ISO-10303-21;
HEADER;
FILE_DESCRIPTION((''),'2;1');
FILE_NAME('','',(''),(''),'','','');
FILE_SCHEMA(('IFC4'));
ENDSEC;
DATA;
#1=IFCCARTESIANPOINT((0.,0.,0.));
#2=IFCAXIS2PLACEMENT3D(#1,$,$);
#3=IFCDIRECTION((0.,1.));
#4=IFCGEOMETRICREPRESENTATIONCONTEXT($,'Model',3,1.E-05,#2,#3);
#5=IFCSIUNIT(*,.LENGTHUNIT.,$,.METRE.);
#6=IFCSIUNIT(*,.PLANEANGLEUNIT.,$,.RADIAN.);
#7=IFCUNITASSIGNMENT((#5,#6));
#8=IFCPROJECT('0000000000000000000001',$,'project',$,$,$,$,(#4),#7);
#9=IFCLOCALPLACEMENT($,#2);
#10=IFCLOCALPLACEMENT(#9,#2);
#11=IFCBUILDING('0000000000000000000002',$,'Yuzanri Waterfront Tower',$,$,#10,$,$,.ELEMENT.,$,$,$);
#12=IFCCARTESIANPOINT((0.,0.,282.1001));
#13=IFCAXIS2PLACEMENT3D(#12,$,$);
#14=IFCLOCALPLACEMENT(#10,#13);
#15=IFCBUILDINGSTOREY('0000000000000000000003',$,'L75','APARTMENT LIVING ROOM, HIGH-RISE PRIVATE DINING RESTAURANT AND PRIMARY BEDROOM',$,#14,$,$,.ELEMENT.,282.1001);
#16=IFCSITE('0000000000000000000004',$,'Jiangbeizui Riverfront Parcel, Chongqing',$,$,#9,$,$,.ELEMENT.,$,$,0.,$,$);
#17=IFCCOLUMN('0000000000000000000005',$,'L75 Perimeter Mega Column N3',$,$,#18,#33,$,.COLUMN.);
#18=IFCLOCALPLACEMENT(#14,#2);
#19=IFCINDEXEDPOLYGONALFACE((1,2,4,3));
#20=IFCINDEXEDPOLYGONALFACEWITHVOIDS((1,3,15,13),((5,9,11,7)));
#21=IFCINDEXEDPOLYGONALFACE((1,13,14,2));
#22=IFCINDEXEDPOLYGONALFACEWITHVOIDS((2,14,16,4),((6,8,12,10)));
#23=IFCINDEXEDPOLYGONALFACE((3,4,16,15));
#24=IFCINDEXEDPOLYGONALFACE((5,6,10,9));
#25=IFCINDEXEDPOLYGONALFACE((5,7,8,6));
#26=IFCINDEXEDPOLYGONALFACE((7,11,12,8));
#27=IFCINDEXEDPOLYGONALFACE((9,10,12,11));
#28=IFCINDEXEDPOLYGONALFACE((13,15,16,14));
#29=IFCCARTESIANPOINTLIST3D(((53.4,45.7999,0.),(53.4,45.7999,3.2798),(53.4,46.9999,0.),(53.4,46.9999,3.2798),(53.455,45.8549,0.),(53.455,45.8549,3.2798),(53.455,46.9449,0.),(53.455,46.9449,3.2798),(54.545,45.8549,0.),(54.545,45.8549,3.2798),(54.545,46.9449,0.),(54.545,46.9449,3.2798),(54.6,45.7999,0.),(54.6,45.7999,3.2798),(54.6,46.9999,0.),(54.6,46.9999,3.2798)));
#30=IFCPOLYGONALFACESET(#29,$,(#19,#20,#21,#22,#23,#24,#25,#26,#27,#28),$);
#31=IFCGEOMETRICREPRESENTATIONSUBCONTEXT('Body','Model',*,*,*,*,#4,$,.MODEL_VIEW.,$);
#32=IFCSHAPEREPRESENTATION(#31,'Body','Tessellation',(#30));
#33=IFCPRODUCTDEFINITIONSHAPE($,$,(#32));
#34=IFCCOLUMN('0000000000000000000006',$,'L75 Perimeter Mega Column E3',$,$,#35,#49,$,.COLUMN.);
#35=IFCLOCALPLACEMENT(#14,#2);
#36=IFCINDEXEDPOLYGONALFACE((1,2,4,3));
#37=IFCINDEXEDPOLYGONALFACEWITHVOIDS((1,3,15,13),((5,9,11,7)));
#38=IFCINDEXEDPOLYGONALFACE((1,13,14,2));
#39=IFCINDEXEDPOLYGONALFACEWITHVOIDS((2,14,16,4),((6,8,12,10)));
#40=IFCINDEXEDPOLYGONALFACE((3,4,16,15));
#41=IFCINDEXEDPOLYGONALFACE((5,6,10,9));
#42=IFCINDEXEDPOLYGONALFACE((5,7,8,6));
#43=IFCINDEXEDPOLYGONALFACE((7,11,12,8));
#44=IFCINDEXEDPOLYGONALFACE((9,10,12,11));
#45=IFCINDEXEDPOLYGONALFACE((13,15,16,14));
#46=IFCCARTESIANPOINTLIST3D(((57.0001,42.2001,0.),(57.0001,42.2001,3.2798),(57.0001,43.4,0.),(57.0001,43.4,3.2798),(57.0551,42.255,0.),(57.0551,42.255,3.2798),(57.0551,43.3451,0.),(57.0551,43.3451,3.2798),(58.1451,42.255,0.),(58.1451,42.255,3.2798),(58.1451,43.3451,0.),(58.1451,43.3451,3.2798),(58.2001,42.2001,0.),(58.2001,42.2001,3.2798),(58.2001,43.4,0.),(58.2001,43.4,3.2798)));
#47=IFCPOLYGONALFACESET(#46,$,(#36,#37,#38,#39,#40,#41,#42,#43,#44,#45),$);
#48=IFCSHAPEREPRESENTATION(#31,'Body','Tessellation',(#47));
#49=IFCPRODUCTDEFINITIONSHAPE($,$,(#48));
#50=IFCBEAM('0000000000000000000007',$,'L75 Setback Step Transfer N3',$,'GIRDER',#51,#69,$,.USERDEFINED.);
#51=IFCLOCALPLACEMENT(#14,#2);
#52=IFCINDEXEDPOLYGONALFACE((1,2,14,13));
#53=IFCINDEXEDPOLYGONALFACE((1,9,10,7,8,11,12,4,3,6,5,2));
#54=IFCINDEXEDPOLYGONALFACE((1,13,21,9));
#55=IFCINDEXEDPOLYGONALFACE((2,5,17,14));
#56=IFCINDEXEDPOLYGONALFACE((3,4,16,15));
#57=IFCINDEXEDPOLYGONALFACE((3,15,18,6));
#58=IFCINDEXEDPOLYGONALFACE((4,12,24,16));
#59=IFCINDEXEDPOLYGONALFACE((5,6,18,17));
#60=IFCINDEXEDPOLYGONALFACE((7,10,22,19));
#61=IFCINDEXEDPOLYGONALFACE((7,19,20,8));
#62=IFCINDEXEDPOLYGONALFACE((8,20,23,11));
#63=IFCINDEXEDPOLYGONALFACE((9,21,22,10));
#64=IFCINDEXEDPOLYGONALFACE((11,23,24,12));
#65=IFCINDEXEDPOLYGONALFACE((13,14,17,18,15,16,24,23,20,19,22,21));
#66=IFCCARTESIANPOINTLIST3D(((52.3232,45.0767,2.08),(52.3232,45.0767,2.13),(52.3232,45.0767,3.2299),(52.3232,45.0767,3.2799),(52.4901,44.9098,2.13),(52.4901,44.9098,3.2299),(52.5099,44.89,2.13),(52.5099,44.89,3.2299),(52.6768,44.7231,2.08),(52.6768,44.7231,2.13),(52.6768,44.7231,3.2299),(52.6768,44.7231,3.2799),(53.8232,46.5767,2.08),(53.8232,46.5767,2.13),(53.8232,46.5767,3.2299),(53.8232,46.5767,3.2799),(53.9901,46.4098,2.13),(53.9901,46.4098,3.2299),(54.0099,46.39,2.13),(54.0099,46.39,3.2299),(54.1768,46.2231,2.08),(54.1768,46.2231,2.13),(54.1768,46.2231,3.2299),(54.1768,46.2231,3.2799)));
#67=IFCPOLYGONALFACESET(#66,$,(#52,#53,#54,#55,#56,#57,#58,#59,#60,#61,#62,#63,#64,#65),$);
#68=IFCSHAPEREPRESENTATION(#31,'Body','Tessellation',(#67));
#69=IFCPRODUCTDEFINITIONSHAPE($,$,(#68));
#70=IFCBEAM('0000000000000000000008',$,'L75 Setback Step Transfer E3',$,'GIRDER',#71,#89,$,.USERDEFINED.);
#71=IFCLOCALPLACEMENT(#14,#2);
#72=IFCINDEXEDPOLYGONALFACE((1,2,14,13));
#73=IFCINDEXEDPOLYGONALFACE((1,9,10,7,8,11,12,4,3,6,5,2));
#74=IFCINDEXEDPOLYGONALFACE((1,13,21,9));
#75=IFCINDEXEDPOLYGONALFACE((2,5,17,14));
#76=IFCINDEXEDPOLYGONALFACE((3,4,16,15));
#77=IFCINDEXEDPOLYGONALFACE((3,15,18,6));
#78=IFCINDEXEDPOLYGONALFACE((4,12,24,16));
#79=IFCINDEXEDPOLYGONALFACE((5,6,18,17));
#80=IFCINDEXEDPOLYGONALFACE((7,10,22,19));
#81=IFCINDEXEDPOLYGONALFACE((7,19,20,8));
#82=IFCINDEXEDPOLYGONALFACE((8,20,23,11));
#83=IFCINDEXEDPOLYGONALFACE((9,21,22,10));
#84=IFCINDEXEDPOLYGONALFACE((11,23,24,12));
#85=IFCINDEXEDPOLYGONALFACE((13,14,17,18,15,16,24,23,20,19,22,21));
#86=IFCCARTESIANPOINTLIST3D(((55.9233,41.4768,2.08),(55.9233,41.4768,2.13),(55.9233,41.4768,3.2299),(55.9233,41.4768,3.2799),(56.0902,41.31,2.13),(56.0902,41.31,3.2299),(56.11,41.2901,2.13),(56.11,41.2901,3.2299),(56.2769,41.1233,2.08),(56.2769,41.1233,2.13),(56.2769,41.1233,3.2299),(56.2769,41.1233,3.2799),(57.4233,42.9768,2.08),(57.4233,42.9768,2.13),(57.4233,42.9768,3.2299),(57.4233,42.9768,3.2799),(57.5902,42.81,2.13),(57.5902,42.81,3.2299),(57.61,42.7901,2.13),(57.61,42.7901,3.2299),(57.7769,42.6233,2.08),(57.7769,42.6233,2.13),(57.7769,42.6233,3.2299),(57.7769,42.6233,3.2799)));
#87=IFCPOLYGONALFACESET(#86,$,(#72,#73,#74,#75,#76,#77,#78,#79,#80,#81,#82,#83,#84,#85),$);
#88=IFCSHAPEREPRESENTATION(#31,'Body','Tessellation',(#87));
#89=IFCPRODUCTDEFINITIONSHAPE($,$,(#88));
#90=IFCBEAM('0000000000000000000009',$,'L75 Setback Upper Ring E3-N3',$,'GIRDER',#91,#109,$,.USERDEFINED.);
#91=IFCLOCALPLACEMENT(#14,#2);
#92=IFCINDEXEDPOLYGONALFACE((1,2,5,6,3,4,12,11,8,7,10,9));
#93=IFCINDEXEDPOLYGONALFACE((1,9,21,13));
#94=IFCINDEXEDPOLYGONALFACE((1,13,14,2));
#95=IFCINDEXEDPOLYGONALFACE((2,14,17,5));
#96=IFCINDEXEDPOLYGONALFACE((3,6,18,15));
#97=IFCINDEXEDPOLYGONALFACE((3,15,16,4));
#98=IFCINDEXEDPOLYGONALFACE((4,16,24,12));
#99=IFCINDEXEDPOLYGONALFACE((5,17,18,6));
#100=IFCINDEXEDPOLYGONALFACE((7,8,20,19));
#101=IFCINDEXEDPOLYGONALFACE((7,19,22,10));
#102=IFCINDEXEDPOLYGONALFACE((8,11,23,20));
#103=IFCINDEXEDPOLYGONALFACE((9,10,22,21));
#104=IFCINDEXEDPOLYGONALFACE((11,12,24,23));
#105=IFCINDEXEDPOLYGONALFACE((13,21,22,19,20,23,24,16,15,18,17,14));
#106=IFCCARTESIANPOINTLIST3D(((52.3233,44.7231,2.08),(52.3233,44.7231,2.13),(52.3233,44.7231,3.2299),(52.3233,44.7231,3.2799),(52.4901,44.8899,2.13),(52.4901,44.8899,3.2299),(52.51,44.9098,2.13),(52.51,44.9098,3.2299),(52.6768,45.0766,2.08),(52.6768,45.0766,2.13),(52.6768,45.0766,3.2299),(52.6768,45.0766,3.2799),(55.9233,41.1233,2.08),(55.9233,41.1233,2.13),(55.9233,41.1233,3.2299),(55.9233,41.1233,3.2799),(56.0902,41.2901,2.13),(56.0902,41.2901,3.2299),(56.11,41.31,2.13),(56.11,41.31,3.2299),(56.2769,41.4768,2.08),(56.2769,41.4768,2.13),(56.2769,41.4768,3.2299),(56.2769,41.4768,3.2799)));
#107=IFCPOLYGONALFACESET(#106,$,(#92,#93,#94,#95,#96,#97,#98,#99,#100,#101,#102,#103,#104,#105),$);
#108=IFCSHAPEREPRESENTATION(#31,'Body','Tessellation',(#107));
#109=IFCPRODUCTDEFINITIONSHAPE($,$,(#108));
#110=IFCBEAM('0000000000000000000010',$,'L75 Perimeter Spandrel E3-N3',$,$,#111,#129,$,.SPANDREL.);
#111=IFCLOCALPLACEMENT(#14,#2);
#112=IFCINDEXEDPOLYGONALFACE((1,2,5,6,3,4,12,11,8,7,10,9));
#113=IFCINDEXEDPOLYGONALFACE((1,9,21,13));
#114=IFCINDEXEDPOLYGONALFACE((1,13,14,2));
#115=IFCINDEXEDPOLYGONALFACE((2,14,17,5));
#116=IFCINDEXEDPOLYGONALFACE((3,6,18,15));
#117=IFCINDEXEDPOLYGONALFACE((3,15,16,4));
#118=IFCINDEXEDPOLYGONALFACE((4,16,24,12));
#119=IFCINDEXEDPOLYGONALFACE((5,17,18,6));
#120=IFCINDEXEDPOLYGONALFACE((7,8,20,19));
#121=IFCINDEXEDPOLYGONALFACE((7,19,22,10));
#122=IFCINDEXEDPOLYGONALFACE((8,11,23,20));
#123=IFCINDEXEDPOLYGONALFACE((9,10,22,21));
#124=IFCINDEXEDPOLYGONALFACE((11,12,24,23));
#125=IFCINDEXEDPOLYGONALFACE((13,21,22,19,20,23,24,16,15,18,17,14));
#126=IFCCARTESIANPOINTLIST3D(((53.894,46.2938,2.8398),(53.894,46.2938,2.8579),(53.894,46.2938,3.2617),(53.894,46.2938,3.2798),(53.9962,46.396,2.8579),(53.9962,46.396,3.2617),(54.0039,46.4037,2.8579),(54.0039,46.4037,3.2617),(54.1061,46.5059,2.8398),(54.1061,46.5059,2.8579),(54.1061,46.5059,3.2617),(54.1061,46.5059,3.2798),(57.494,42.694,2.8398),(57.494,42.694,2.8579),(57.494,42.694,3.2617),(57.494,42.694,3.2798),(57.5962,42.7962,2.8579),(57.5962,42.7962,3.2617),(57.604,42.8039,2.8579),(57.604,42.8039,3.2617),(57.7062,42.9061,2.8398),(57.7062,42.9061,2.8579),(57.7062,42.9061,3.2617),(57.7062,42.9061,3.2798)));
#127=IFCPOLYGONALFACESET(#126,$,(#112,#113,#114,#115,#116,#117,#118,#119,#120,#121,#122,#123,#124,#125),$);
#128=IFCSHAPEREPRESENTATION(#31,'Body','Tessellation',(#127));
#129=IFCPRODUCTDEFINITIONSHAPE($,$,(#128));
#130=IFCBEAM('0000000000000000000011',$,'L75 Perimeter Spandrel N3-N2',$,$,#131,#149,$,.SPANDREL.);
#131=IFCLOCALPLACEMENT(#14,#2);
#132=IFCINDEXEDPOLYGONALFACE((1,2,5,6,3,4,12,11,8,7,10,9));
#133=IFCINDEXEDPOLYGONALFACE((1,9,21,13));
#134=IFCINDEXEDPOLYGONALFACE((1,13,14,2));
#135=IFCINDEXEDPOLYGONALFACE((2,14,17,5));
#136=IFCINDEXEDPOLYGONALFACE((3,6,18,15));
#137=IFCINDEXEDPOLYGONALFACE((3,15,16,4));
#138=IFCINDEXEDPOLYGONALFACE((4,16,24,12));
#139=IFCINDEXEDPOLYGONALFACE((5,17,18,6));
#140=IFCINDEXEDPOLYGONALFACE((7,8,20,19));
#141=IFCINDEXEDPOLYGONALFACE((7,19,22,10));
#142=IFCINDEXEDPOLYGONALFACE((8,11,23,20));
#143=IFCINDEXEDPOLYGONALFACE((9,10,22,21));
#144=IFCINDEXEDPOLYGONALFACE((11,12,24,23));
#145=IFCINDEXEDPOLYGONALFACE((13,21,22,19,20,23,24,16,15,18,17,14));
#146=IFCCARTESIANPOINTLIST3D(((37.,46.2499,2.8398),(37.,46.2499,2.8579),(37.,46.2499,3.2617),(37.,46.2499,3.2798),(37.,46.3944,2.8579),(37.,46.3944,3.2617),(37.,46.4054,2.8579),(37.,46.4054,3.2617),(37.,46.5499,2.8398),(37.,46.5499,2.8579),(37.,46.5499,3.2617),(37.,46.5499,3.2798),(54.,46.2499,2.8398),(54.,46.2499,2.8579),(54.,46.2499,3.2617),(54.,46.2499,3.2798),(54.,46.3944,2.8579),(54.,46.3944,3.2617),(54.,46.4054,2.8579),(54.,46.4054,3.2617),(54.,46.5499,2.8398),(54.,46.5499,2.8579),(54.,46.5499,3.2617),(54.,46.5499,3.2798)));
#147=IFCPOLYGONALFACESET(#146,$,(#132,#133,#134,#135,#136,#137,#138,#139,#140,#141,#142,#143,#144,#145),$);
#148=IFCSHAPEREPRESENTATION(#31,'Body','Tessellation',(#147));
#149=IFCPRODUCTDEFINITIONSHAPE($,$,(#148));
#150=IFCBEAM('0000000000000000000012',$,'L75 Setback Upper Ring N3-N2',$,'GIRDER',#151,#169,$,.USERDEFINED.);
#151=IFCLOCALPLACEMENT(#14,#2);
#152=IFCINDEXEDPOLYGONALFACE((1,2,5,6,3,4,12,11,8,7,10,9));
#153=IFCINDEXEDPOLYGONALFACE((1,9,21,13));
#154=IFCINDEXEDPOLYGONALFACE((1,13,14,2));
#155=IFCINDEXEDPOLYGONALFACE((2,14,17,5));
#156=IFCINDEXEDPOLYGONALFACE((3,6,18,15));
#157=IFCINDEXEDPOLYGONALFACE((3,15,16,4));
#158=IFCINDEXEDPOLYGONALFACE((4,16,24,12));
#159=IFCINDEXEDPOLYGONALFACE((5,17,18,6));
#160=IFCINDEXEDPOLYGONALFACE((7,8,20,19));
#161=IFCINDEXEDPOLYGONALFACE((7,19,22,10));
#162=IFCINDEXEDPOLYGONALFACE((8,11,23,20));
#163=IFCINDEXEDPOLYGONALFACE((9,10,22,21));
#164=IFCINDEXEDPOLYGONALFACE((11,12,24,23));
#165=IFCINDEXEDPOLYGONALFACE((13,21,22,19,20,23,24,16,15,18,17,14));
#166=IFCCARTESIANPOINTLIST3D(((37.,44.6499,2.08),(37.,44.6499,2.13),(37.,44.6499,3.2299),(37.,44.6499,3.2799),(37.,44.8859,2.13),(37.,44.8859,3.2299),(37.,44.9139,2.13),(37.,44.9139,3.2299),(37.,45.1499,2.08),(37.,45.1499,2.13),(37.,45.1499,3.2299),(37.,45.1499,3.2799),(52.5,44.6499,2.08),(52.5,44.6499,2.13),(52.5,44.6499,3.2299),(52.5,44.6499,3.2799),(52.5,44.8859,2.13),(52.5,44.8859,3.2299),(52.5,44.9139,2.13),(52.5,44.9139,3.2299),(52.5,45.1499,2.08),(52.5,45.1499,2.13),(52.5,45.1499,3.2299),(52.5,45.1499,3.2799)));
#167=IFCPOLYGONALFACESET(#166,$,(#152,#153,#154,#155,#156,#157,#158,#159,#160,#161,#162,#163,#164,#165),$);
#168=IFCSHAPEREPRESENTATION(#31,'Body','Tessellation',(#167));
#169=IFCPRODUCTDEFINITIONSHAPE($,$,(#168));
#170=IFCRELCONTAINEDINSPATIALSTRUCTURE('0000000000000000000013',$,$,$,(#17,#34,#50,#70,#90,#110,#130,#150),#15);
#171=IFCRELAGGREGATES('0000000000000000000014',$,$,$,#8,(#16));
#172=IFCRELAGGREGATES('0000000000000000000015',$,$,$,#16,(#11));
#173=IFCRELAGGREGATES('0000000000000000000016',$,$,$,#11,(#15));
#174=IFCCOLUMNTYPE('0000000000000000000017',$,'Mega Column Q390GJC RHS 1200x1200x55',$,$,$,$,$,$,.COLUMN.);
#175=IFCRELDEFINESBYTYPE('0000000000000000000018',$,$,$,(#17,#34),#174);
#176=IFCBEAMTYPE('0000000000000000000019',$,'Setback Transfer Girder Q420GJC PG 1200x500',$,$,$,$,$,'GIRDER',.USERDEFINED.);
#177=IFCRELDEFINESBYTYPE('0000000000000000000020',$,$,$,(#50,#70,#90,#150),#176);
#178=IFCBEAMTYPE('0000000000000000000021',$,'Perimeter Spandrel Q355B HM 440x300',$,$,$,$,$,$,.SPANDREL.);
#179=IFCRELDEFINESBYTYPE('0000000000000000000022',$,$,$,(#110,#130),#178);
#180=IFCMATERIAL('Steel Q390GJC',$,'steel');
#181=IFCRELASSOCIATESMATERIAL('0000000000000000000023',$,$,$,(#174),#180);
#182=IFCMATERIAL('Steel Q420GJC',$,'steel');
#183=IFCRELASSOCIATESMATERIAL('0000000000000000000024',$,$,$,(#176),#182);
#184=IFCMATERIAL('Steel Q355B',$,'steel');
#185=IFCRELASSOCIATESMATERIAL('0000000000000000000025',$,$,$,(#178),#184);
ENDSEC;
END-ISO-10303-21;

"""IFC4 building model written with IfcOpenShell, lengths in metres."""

from ifc_helpers import new_model, si_unit, direction, frame, origin, origin_2d, place, context, subcontext, project, spatial, hollow_rectangle, i_section, extrude, source, transform, mapped, material, material_profile, profile_set, type_object, element, save


model = new_model("IFC4")

# Units and contexts
model_context = context("Model", 3, precision=1e-05, world=origin(), true_north=direction((0.0, 1.0)))
body_context = subcontext(model_context, "Body", "Model", "MODEL_VIEW")
ifc_project = project(units=[si_unit("LENGTHUNIT", "METRE"), si_unit("PLANEANGLEUNIT", "RADIAN")], contexts=[model_context])

# Site, building, storey
site_placement = place(None, origin())
site = spatial("IfcSite", under=ifc_project, at=site_placement, Name="Jiangbeizui Riverfront Parcel, Chongqing", CompositionType="ELEMENT", RefElevation=0.0)
building_placement = place(site_placement, origin())
building = spatial("IfcBuilding", under=site, at=building_placement, Name="Yuzanri Waterfront Tower", CompositionType="ELEMENT")
storey_placement = place(building_placement, frame((0.0, 0.0, 282.1001)))
storey = spatial("IfcBuildingStorey", under=building, at=storey_placement, Name="L75", Description="APARTMENT LIVING ROOM, HIGH-RISE PRIVATE DINING RESTAURANT AND PRIMARY BEDROOM", CompositionType="ELEMENT", Elevation=282.1001)

# Columns
ifc_material_1 = material(Name="Steel Q390GJC", Category="steel")
ifc_material_profile_1 = material_profile(ifc_material_1, hollow_rectangle(XDim=1.2, YDim=1.2, WallThickness=0.0549, at=origin_2d()), Name="RHS 1200x1200x55")
ifc_profile_set_1 = profile_set([ifc_material_profile_1], Name="Steel Q390GJC")
column_type = type_object("IfcColumnType", Name="Mega Column Q390GJC RHS 1200x1200x55", PredefinedType="COLUMN", material=ifc_profile_set_1)
shared_shape_1 = source(origin(), body_context, "Body", "SweptSolid", [
    extrude(hollow_rectangle(XDim=1.2, YDim=1.2, WallThickness=0.0549, at=origin_2d()), origin(), (0.0, 0.0, 1.0), 3.2798),
])
for number, where, z_axis, x_axis, name in (
    (1, (54.0, 46.3999, 0.0), (0.0, 0.0, 1.0), (1.0, 0.0, 0.0), "L75 Perimeter Mega Column N3"),
    (2, (57.6001, 42.8, 0.0), (0.0, 0.0, 1.0), (1.0, 0.0, 0.0), "L75 Perimeter Mega Column E3"),
):
    element("IfcColumn", number, at=place(storey_placement, frame(where, z_axis=z_axis, x_axis=x_axis)), inside=storey, type_object=column_type, Name=name, PredefinedType="COLUMN", context=body_context, shape_type="MappedRepresentation", body=[
        mapped(shared_shape_1, transform((0.0, 0.0, 0.0), scale=1.0)),
    ])

# Beams
ifc_material_2 = material(Name="Steel Q420GJC", Category="steel")
ifc_material_profile_2 = material_profile(ifc_material_2, i_section(OverallWidth=0.5, OverallDepth=1.2, WebThickness=0.0281, FlangeThickness=0.05, at=origin_2d()), Name="PG 1200x500x28x50")
ifc_profile_set_2 = profile_set([ifc_material_profile_2], Name="Steel Q420GJC")
beam_type_1 = type_object("IfcBeamType", Name="Setback Transfer Girder Q420GJC PG 1200x500", ElementType="GIRDER", PredefinedType="USERDEFINED", material=ifc_profile_set_2)
shared_shape_2 = source(origin(), body_context, "Body", "SweptSolid", [
    extrude(i_section(OverallWidth=0.5, OverallDepth=1.2, WebThickness=0.0281, FlangeThickness=0.05, at=origin_2d()), origin(), (0.0, 0.0, 1.0), 2.1213),
])
for number, where, z_axis, x_axis, name in (
    (3, (52.5, 44.8999, 2.6799), (0.707107, 0.707107, 0.0), (-0.707107, 0.707107, 0.0), "L75 Setback Step Transfer N3"),
    (4, (56.1001, 41.3, 2.6799), (0.707107, 0.707107, 0.0), (-0.707107, 0.707107, 0.0), "L75 Setback Step Transfer E3"),
):
    element("IfcBeam", number, at=place(storey_placement, frame(where, z_axis=z_axis, x_axis=x_axis)), inside=storey, type_object=beam_type_1, Name=name, ObjectType="GIRDER", PredefinedType="USERDEFINED", context=body_context, shape_type="MappedRepresentation", body=[
        mapped(shared_shape_2, transform((0.0, 0.0, 0.0), scale=1.0)),
    ])
shared_shape_3 = source(origin(), body_context, "Body", "SweptSolid", [
    extrude(i_section(OverallWidth=0.5, OverallDepth=1.2, WebThickness=0.0281, FlangeThickness=0.05, at=origin_2d()), origin(), (0.0, 0.0, 1.0), 5.0911),
])
beam_1_placement = place(storey_placement, frame((56.1001, 41.3, 2.6799), z_axis=(-0.707131, 0.707083, 0.0), x_axis=(-0.707083, -0.707131, 0.0)))
element("IfcBeam", 5, at=beam_1_placement, inside=storey, type_object=beam_type_1, Name="L75 Setback Upper Ring E3-N3", ObjectType="GIRDER", PredefinedType="USERDEFINED", context=body_context, shape_type="MappedRepresentation", body=[
    mapped(shared_shape_3, transform((0.0, 0.0, 0.0), scale=1.0)),
])
ifc_material_3 = material(Name="Steel Q355B", Category="steel")
ifc_material_profile_3 = material_profile(ifc_material_3, i_section(OverallWidth=0.3, OverallDepth=0.4399, WebThickness=0.011, FlangeThickness=0.0181, at=origin_2d()), Name="HM 440x300x11x18")
ifc_profile_set_3 = profile_set([ifc_material_profile_3], Name="Steel Q355B")
beam_type_2 = type_object("IfcBeamType", Name="Perimeter Spandrel Q355B HM 440x300", PredefinedType="SPANDREL", material=ifc_profile_set_3)
shared_shape_4 = source(origin(), body_context, "Body", "SweptSolid", [
    extrude(i_section(OverallWidth=0.3, OverallDepth=0.4399, WebThickness=0.011, FlangeThickness=0.0181, at=origin_2d()), origin(), (0.0, 0.0, 1.0), 5.0911),
])
beam_2_placement = place(storey_placement, frame((57.6001, 42.8, 3.0598), z_axis=(-0.707131, 0.707083, 0.0), x_axis=(-0.707083, -0.707131, 0.0)))
element("IfcBeam", 6, at=beam_2_placement, inside=storey, type_object=beam_type_2, Name="L75 Perimeter Spandrel E3-N3", PredefinedType="SPANDREL", context=body_context, shape_type="MappedRepresentation", body=[
    mapped(shared_shape_4, transform((0.0, 0.0, 0.0), scale=1.0)),
])
shared_shape_5 = source(origin(), body_context, "Body", "SweptSolid", [
    extrude(i_section(OverallWidth=0.3, OverallDepth=0.4399, WebThickness=0.011, FlangeThickness=0.0181, at=origin_2d()), origin(), (0.0, 0.0, 1.0), 17.0),
])
beam_3_placement = place(storey_placement, frame((54.0, 46.3999, 3.0598), z_axis=(-1.0, 0.0, 0.0), x_axis=(0.0, -1.0, 0.0)))
element("IfcBeam", 7, at=beam_3_placement, inside=storey, type_object=beam_type_2, Name="L75 Perimeter Spandrel N3-N2", PredefinedType="SPANDREL", context=body_context, shape_type="MappedRepresentation", body=[
    mapped(shared_shape_5, transform((0.0, 0.0, 0.0), scale=1.0)),
])
shared_shape_6 = source(origin(), body_context, "Body", "SweptSolid", [
    extrude(i_section(OverallWidth=0.5, OverallDepth=1.2, WebThickness=0.0281, FlangeThickness=0.05, at=origin_2d()), origin(), (0.0, 0.0, 1.0), 15.5),
])
beam_4_placement = place(storey_placement, frame((52.5, 44.8999, 2.6799), z_axis=(-1.0, 0.0, 0.0), x_axis=(0.0, -1.0, 0.0)))
element("IfcBeam", 8, at=beam_4_placement, inside=storey, type_object=beam_type_1, Name="L75 Setback Upper Ring N3-N2", ObjectType="GIRDER", PredefinedType="USERDEFINED", context=body_context, shape_type="MappedRepresentation", body=[
    mapped(shared_shape_6, transform((0.0, 0.0, 0.0), scale=1.0)),
])

save(model, "model.ifc")
